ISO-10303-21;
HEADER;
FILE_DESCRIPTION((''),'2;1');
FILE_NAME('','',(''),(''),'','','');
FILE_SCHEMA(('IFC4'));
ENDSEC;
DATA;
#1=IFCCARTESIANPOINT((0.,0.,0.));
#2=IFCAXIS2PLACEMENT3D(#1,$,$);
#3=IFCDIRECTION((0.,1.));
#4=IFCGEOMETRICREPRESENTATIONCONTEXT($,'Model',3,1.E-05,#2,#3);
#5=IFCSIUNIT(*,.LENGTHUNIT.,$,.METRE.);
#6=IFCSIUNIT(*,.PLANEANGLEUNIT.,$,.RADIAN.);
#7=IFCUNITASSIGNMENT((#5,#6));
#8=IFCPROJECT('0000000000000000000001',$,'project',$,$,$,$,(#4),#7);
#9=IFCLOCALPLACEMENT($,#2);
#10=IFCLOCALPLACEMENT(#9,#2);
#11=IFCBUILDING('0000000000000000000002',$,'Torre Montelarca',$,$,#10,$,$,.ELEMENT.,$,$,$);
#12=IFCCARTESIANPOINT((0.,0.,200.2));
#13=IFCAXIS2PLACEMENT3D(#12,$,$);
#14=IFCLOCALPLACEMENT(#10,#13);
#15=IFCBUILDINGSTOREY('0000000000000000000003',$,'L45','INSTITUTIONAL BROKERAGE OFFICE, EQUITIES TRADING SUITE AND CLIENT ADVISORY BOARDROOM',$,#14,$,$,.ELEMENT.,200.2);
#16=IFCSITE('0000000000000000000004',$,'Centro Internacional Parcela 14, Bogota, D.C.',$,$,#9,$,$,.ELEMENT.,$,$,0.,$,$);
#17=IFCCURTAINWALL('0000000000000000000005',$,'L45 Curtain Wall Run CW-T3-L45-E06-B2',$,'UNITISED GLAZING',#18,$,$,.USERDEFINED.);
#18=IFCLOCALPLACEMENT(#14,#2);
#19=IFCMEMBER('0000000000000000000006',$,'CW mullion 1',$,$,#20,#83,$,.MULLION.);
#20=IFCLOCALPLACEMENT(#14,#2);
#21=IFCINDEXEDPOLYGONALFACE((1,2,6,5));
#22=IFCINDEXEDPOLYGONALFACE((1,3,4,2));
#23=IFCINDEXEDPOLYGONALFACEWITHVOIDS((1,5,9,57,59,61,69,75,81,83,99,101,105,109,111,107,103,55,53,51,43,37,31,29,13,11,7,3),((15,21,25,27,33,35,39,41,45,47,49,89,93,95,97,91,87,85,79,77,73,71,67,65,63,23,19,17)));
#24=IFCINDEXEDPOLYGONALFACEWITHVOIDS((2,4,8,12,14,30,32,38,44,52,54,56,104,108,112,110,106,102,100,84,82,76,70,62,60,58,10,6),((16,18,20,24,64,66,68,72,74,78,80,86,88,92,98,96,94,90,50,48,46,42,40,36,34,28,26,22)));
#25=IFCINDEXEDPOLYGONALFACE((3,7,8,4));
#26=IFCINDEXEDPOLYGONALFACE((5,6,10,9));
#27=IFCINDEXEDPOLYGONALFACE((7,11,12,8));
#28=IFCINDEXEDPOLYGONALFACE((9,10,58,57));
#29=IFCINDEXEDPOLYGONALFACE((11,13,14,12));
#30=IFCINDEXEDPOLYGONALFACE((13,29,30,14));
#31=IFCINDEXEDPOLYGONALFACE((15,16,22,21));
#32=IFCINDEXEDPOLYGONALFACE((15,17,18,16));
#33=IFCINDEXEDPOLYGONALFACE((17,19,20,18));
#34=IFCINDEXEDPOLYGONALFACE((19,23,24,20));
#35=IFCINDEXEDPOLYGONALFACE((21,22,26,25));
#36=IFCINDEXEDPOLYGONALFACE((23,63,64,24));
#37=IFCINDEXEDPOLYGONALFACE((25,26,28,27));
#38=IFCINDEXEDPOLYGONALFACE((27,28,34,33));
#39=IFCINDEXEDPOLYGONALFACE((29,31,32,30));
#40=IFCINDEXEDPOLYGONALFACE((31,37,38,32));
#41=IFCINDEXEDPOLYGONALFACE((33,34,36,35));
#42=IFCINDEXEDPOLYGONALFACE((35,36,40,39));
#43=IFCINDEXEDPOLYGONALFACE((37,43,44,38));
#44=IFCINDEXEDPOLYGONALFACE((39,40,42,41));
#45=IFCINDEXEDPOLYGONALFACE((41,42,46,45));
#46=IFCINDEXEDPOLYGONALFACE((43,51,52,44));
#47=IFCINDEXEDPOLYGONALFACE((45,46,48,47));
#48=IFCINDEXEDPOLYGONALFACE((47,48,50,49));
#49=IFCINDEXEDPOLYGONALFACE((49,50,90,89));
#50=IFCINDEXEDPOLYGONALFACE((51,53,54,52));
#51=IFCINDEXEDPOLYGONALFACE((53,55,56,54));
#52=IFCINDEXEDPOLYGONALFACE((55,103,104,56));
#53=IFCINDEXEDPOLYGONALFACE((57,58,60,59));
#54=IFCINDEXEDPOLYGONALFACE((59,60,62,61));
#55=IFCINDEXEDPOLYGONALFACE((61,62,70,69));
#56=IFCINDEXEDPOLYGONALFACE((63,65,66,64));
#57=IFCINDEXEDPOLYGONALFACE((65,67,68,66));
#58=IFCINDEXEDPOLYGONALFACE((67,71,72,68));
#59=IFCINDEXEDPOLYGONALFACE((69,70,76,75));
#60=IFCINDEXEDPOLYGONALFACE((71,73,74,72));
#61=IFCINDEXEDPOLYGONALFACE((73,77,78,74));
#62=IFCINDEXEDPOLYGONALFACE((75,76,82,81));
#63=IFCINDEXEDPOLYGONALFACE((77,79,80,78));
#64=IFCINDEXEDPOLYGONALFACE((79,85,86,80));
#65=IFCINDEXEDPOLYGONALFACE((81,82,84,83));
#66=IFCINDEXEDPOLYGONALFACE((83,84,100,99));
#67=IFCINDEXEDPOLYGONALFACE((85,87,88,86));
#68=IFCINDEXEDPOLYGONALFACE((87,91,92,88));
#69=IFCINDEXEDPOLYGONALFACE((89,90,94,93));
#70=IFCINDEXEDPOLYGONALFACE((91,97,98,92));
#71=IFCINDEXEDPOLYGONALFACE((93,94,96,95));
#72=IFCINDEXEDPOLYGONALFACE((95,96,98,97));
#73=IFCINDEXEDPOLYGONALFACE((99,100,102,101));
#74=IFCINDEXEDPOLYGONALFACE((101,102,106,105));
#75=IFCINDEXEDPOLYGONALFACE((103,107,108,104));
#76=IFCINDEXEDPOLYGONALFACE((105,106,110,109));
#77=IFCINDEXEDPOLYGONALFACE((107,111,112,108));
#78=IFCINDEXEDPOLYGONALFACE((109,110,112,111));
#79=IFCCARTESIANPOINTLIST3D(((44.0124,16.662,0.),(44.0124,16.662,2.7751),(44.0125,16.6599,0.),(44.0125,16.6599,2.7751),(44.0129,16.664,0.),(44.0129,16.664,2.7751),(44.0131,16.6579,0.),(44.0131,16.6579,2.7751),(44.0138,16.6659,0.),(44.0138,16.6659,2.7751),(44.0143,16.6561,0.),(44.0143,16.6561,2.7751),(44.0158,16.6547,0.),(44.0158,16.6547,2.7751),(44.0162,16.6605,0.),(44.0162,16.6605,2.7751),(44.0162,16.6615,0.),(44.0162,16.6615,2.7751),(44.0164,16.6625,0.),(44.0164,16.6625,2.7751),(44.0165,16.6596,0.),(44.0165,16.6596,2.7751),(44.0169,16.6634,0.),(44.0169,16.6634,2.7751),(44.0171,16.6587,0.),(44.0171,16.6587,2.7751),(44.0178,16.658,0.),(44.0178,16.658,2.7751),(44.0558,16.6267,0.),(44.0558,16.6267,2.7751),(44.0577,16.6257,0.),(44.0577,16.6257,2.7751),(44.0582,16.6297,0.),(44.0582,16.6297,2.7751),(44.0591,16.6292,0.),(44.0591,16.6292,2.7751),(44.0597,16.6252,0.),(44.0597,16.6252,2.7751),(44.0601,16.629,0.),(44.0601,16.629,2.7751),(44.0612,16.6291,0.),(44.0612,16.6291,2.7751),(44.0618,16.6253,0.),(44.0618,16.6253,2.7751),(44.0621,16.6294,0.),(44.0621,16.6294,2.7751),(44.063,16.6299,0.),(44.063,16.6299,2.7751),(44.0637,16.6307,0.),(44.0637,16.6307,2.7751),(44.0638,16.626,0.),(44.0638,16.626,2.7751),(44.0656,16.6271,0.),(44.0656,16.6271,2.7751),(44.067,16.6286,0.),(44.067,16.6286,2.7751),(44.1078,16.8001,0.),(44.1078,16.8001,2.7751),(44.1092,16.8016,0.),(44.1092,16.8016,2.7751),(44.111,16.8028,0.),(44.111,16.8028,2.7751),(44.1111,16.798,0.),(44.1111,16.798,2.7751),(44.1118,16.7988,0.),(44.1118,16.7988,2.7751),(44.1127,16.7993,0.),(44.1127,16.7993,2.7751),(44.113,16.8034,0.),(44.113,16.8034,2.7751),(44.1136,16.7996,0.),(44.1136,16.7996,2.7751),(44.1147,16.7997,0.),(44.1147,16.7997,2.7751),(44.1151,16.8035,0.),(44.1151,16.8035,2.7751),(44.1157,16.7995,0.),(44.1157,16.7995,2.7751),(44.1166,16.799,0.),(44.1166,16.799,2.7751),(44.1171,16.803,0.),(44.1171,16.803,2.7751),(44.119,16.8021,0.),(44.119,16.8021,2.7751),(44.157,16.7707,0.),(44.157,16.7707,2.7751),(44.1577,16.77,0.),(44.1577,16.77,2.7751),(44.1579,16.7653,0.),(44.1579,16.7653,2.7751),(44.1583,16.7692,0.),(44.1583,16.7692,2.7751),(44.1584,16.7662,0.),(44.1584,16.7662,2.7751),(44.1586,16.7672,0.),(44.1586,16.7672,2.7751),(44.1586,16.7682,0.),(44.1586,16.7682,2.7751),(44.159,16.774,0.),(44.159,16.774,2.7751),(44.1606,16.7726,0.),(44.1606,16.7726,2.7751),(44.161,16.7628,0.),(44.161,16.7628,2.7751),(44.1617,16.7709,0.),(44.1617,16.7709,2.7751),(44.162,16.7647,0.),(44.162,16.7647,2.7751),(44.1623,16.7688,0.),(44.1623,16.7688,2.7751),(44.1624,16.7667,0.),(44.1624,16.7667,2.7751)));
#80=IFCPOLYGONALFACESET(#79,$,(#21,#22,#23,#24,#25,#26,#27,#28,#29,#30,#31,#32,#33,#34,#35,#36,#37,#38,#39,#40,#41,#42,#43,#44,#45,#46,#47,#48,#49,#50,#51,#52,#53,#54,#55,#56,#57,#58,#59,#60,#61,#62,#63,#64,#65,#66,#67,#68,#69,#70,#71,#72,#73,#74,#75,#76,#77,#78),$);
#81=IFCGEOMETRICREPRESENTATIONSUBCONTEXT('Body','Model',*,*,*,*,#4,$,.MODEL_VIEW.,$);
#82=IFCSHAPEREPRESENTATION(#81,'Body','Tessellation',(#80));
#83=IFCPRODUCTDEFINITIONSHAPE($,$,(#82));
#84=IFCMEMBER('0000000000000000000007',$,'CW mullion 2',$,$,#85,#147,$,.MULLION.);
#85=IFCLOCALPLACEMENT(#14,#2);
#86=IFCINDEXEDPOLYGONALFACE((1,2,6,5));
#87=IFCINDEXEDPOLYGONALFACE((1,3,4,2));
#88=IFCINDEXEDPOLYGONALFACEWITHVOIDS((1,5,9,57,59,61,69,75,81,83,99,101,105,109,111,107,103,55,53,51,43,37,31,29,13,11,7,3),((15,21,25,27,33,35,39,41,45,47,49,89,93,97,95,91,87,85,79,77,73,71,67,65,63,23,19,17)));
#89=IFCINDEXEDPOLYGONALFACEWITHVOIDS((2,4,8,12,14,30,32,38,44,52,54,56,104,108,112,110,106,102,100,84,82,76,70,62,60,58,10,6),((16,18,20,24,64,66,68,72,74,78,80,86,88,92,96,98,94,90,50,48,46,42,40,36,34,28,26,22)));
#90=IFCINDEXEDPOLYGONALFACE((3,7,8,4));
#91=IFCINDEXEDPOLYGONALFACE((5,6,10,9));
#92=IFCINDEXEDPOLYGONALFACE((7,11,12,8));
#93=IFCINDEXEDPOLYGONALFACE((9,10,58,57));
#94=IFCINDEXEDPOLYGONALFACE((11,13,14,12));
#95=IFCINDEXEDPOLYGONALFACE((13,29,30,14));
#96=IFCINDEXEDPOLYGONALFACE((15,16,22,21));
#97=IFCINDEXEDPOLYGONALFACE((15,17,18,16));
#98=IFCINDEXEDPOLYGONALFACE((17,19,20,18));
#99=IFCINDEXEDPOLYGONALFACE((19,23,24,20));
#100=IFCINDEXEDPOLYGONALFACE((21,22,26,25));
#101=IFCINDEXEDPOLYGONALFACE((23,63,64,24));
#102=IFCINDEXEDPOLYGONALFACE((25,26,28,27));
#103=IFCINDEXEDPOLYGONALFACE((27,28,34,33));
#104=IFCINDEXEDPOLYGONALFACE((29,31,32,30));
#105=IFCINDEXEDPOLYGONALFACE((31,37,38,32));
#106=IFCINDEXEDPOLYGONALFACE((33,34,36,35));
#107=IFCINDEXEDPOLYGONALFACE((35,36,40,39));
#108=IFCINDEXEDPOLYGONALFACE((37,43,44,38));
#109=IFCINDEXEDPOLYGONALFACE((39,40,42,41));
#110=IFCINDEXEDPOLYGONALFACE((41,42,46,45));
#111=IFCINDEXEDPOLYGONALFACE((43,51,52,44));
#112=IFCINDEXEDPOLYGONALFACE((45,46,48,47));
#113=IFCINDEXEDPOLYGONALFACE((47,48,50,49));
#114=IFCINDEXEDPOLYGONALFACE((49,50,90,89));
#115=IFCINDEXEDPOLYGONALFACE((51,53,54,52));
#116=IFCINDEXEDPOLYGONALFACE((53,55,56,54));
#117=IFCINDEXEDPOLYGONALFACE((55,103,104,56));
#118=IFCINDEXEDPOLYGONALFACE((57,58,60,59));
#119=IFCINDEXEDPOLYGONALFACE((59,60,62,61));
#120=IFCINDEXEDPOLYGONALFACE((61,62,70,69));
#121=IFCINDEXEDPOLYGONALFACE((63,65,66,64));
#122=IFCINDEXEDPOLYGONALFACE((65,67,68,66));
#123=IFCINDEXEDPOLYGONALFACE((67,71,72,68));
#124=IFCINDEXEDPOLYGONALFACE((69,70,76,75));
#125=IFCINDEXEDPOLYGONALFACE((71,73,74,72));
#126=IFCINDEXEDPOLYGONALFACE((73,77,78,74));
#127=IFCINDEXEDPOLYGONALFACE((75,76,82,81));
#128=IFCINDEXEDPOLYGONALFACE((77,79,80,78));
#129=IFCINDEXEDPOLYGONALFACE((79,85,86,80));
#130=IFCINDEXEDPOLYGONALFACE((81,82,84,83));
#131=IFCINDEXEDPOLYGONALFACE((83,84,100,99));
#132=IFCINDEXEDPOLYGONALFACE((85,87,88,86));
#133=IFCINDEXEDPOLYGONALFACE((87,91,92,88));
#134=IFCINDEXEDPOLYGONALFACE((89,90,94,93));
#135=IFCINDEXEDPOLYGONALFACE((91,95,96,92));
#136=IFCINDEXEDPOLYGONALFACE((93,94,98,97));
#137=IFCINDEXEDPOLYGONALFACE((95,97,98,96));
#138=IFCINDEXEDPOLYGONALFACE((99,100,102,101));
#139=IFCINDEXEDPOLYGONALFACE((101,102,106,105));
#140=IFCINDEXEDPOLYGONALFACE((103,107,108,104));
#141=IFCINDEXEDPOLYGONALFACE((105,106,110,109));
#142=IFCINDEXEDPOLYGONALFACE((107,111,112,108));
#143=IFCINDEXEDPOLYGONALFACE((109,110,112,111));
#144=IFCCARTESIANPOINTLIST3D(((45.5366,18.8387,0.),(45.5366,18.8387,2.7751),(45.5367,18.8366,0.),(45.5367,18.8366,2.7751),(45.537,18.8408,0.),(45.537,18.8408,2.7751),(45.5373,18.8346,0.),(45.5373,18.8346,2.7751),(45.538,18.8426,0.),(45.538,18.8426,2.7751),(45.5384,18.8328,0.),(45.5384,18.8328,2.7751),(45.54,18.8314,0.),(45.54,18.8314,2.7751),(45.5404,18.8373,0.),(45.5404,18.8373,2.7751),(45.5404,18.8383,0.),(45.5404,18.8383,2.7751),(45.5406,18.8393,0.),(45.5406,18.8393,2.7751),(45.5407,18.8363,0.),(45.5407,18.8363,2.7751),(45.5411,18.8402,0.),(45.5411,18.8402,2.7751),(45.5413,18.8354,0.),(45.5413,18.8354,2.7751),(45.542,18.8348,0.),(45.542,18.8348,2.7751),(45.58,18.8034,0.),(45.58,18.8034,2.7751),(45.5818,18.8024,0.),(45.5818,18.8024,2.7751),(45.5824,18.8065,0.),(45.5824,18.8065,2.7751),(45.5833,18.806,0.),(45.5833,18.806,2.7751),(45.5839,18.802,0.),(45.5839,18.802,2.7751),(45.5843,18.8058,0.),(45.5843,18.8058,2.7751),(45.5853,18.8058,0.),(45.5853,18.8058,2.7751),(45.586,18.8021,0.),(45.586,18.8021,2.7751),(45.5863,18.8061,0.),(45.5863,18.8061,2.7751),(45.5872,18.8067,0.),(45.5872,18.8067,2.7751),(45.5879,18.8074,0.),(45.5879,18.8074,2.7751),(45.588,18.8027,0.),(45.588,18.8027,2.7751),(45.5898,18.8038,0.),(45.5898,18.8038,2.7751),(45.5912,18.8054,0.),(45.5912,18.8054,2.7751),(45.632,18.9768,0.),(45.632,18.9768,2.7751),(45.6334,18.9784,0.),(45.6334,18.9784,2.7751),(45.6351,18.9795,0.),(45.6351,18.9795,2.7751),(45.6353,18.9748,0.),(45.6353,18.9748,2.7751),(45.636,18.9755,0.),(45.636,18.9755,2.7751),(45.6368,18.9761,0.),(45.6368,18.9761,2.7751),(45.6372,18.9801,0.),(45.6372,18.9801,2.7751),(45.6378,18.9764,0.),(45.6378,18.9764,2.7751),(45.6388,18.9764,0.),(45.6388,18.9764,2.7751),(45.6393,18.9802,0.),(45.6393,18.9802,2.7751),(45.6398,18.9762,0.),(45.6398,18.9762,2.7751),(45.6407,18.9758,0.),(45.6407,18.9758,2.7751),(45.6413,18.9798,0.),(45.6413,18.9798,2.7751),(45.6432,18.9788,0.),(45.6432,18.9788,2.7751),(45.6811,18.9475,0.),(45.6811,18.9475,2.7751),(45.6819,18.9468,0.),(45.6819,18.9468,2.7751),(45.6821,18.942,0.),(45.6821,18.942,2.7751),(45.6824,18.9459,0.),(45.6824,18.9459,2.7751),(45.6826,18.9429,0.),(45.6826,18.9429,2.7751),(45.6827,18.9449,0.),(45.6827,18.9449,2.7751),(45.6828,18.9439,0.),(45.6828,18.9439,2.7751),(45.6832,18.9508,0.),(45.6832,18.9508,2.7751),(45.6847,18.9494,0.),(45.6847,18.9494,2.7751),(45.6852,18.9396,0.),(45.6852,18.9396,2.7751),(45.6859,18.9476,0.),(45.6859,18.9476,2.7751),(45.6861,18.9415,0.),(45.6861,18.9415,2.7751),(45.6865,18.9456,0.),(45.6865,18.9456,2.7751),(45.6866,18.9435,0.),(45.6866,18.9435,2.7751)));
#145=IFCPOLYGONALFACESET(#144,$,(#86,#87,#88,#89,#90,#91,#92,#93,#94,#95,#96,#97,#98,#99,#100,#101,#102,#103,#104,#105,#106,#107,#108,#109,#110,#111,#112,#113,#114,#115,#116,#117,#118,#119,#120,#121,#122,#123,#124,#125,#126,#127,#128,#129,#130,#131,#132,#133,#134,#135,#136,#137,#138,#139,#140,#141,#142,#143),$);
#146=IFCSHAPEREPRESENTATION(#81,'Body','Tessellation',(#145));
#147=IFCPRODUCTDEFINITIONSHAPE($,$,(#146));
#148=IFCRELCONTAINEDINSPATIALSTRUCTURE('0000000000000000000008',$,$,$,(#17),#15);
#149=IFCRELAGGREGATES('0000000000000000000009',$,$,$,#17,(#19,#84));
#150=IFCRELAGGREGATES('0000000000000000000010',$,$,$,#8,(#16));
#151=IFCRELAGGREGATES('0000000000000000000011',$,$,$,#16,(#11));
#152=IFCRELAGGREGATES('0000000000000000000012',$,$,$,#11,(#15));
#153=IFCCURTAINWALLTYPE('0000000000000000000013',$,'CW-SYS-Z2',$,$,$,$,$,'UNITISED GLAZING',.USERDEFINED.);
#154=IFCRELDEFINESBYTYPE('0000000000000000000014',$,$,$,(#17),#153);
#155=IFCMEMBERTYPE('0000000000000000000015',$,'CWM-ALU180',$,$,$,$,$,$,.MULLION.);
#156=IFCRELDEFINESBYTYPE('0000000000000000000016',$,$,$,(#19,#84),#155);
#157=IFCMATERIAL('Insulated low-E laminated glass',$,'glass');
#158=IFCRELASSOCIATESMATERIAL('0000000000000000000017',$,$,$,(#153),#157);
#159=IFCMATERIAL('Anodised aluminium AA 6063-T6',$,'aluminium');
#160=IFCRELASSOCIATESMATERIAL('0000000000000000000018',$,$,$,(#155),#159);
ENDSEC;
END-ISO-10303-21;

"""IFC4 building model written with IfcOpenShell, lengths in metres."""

from ifc_helpers import new_model, si_unit, direction, frame, origin, origin_2d, place, context, subcontext, project, spatial, hollow_rectangle, extrude, source, transform, mapped, material, material_profile, profile_set, type_object, element, aggregate, save


model = new_model("IFC4")

# Units and contexts
model_context = context("Model", 3, precision=1e-05, world=origin(), true_north=direction((0.0, 1.0)))
body_context = subcontext(model_context, "Body", "Model", "MODEL_VIEW")
ifc_project = project(units=[si_unit("LENGTHUNIT", "METRE"), si_unit("PLANEANGLEUNIT", "RADIAN")], contexts=[model_context])

# Site, building, storey
site_placement = place(None, origin())
site = spatial("IfcSite", under=ifc_project, at=site_placement, Name="Centro Internacional Parcela 14, Bogota, D.C.", CompositionType="ELEMENT", RefElevation=0.0)
building_placement = place(site_placement, origin())
building = spatial("IfcBuilding", under=site, at=building_placement, Name="Torre Montelarca", CompositionType="ELEMENT")
storey_placement = place(building_placement, frame((0.0, 0.0, 200.2)))
storey = spatial("IfcBuildingStorey", under=building, at=storey_placement, Name="L45", Description="INSTITUTIONAL BROKERAGE OFFICE, EQUITIES TRADING SUITE AND CLIENT ADVISORY BOARDROOM", CompositionType="ELEMENT", Elevation=200.2)

# Shared definitions
ifc_material_1 = material(Name="Insulated low-E laminated glass", Category="glass")
curtain_wall_type = type_object("IfcCurtainWallType", Name="CW-SYS-Z2", ElementType="UNITISED GLAZING", PredefinedType="USERDEFINED", material=ifc_material_1)
ifc_material_2 = material(Name="Anodised aluminium AA 6063-T6", Category="aluminium")

# Shared definitions
ifc_material_profile_1 = material_profile(ifc_material_2, hollow_rectangle(XDim=0.0649, YDim=0.1799, WallThickness=0.0039, InnerFilletRadius=0.0039, OuterFilletRadius=0.0081, at=origin_2d()), Name="ALU65X180X4", Category="aluminium")
ifc_profile_set_1 = profile_set([ifc_material_profile_1], Name="Anodised aluminium AA 6063-T6")
member_type_1 = type_object("IfcMemberType", Name="CWM-ALU180", PredefinedType="MULLION", material=ifc_profile_set_1)
shared_shape_1 = source(origin(), body_context, "Body", "SweptSolid", [
    extrude(hollow_rectangle(XDim=0.0649, YDim=0.1799, WallThickness=0.0039, InnerFilletRadius=0.0039, OuterFilletRadius=0.0081, at=origin_2d()), origin(), (0.0, 0.0, 1.0), 2.7751),
])

# Curtain wall, members
curtain_wall_1_placement = place(storey_placement, origin())
curtain_wall_1 = element("IfcCurtainWall", 1, at=curtain_wall_1_placement, inside=storey, type_object=curtain_wall_type, Name="L45 Curtain Wall Run CW-T3-L45-E06-B2", ObjectType="UNITISED GLAZING", PredefinedType="USERDEFINED")
member_1_placement = place(storey_placement, frame((44.0874, 16.7144, 0.0), z_axis=(0.0, 0.0, 1.0), x_axis=(-0.819161, 0.573563, 0.0)))
member_1 = element("IfcMember", 2, at=member_1_placement, type_object=member_type_1, Name="CW mullion 1", PredefinedType="MULLION", context=body_context, shape_type="MappedRepresentation", body=[
    mapped(shared_shape_1, transform((0.0, 0.0, 0.0), scale=1.0)),
])
member_2_placement = place(storey_placement, frame((45.6116, 18.8911, 0.0), z_axis=(0.0, 0.0, 1.0), x_axis=(-0.819161, 0.573563, 0.0)))
member_2 = element("IfcMember", 3, at=member_2_placement, type_object=member_type_1, Name="CW mullion 2", PredefinedType="MULLION", context=body_context, shape_type="MappedRepresentation", body=[
    mapped(shared_shape_1, transform((0.0, 0.0, 0.0), scale=1.0)),
])

aggregate(curtain_wall_1, [member_1, member_2])

save(model, "model.ifc")
